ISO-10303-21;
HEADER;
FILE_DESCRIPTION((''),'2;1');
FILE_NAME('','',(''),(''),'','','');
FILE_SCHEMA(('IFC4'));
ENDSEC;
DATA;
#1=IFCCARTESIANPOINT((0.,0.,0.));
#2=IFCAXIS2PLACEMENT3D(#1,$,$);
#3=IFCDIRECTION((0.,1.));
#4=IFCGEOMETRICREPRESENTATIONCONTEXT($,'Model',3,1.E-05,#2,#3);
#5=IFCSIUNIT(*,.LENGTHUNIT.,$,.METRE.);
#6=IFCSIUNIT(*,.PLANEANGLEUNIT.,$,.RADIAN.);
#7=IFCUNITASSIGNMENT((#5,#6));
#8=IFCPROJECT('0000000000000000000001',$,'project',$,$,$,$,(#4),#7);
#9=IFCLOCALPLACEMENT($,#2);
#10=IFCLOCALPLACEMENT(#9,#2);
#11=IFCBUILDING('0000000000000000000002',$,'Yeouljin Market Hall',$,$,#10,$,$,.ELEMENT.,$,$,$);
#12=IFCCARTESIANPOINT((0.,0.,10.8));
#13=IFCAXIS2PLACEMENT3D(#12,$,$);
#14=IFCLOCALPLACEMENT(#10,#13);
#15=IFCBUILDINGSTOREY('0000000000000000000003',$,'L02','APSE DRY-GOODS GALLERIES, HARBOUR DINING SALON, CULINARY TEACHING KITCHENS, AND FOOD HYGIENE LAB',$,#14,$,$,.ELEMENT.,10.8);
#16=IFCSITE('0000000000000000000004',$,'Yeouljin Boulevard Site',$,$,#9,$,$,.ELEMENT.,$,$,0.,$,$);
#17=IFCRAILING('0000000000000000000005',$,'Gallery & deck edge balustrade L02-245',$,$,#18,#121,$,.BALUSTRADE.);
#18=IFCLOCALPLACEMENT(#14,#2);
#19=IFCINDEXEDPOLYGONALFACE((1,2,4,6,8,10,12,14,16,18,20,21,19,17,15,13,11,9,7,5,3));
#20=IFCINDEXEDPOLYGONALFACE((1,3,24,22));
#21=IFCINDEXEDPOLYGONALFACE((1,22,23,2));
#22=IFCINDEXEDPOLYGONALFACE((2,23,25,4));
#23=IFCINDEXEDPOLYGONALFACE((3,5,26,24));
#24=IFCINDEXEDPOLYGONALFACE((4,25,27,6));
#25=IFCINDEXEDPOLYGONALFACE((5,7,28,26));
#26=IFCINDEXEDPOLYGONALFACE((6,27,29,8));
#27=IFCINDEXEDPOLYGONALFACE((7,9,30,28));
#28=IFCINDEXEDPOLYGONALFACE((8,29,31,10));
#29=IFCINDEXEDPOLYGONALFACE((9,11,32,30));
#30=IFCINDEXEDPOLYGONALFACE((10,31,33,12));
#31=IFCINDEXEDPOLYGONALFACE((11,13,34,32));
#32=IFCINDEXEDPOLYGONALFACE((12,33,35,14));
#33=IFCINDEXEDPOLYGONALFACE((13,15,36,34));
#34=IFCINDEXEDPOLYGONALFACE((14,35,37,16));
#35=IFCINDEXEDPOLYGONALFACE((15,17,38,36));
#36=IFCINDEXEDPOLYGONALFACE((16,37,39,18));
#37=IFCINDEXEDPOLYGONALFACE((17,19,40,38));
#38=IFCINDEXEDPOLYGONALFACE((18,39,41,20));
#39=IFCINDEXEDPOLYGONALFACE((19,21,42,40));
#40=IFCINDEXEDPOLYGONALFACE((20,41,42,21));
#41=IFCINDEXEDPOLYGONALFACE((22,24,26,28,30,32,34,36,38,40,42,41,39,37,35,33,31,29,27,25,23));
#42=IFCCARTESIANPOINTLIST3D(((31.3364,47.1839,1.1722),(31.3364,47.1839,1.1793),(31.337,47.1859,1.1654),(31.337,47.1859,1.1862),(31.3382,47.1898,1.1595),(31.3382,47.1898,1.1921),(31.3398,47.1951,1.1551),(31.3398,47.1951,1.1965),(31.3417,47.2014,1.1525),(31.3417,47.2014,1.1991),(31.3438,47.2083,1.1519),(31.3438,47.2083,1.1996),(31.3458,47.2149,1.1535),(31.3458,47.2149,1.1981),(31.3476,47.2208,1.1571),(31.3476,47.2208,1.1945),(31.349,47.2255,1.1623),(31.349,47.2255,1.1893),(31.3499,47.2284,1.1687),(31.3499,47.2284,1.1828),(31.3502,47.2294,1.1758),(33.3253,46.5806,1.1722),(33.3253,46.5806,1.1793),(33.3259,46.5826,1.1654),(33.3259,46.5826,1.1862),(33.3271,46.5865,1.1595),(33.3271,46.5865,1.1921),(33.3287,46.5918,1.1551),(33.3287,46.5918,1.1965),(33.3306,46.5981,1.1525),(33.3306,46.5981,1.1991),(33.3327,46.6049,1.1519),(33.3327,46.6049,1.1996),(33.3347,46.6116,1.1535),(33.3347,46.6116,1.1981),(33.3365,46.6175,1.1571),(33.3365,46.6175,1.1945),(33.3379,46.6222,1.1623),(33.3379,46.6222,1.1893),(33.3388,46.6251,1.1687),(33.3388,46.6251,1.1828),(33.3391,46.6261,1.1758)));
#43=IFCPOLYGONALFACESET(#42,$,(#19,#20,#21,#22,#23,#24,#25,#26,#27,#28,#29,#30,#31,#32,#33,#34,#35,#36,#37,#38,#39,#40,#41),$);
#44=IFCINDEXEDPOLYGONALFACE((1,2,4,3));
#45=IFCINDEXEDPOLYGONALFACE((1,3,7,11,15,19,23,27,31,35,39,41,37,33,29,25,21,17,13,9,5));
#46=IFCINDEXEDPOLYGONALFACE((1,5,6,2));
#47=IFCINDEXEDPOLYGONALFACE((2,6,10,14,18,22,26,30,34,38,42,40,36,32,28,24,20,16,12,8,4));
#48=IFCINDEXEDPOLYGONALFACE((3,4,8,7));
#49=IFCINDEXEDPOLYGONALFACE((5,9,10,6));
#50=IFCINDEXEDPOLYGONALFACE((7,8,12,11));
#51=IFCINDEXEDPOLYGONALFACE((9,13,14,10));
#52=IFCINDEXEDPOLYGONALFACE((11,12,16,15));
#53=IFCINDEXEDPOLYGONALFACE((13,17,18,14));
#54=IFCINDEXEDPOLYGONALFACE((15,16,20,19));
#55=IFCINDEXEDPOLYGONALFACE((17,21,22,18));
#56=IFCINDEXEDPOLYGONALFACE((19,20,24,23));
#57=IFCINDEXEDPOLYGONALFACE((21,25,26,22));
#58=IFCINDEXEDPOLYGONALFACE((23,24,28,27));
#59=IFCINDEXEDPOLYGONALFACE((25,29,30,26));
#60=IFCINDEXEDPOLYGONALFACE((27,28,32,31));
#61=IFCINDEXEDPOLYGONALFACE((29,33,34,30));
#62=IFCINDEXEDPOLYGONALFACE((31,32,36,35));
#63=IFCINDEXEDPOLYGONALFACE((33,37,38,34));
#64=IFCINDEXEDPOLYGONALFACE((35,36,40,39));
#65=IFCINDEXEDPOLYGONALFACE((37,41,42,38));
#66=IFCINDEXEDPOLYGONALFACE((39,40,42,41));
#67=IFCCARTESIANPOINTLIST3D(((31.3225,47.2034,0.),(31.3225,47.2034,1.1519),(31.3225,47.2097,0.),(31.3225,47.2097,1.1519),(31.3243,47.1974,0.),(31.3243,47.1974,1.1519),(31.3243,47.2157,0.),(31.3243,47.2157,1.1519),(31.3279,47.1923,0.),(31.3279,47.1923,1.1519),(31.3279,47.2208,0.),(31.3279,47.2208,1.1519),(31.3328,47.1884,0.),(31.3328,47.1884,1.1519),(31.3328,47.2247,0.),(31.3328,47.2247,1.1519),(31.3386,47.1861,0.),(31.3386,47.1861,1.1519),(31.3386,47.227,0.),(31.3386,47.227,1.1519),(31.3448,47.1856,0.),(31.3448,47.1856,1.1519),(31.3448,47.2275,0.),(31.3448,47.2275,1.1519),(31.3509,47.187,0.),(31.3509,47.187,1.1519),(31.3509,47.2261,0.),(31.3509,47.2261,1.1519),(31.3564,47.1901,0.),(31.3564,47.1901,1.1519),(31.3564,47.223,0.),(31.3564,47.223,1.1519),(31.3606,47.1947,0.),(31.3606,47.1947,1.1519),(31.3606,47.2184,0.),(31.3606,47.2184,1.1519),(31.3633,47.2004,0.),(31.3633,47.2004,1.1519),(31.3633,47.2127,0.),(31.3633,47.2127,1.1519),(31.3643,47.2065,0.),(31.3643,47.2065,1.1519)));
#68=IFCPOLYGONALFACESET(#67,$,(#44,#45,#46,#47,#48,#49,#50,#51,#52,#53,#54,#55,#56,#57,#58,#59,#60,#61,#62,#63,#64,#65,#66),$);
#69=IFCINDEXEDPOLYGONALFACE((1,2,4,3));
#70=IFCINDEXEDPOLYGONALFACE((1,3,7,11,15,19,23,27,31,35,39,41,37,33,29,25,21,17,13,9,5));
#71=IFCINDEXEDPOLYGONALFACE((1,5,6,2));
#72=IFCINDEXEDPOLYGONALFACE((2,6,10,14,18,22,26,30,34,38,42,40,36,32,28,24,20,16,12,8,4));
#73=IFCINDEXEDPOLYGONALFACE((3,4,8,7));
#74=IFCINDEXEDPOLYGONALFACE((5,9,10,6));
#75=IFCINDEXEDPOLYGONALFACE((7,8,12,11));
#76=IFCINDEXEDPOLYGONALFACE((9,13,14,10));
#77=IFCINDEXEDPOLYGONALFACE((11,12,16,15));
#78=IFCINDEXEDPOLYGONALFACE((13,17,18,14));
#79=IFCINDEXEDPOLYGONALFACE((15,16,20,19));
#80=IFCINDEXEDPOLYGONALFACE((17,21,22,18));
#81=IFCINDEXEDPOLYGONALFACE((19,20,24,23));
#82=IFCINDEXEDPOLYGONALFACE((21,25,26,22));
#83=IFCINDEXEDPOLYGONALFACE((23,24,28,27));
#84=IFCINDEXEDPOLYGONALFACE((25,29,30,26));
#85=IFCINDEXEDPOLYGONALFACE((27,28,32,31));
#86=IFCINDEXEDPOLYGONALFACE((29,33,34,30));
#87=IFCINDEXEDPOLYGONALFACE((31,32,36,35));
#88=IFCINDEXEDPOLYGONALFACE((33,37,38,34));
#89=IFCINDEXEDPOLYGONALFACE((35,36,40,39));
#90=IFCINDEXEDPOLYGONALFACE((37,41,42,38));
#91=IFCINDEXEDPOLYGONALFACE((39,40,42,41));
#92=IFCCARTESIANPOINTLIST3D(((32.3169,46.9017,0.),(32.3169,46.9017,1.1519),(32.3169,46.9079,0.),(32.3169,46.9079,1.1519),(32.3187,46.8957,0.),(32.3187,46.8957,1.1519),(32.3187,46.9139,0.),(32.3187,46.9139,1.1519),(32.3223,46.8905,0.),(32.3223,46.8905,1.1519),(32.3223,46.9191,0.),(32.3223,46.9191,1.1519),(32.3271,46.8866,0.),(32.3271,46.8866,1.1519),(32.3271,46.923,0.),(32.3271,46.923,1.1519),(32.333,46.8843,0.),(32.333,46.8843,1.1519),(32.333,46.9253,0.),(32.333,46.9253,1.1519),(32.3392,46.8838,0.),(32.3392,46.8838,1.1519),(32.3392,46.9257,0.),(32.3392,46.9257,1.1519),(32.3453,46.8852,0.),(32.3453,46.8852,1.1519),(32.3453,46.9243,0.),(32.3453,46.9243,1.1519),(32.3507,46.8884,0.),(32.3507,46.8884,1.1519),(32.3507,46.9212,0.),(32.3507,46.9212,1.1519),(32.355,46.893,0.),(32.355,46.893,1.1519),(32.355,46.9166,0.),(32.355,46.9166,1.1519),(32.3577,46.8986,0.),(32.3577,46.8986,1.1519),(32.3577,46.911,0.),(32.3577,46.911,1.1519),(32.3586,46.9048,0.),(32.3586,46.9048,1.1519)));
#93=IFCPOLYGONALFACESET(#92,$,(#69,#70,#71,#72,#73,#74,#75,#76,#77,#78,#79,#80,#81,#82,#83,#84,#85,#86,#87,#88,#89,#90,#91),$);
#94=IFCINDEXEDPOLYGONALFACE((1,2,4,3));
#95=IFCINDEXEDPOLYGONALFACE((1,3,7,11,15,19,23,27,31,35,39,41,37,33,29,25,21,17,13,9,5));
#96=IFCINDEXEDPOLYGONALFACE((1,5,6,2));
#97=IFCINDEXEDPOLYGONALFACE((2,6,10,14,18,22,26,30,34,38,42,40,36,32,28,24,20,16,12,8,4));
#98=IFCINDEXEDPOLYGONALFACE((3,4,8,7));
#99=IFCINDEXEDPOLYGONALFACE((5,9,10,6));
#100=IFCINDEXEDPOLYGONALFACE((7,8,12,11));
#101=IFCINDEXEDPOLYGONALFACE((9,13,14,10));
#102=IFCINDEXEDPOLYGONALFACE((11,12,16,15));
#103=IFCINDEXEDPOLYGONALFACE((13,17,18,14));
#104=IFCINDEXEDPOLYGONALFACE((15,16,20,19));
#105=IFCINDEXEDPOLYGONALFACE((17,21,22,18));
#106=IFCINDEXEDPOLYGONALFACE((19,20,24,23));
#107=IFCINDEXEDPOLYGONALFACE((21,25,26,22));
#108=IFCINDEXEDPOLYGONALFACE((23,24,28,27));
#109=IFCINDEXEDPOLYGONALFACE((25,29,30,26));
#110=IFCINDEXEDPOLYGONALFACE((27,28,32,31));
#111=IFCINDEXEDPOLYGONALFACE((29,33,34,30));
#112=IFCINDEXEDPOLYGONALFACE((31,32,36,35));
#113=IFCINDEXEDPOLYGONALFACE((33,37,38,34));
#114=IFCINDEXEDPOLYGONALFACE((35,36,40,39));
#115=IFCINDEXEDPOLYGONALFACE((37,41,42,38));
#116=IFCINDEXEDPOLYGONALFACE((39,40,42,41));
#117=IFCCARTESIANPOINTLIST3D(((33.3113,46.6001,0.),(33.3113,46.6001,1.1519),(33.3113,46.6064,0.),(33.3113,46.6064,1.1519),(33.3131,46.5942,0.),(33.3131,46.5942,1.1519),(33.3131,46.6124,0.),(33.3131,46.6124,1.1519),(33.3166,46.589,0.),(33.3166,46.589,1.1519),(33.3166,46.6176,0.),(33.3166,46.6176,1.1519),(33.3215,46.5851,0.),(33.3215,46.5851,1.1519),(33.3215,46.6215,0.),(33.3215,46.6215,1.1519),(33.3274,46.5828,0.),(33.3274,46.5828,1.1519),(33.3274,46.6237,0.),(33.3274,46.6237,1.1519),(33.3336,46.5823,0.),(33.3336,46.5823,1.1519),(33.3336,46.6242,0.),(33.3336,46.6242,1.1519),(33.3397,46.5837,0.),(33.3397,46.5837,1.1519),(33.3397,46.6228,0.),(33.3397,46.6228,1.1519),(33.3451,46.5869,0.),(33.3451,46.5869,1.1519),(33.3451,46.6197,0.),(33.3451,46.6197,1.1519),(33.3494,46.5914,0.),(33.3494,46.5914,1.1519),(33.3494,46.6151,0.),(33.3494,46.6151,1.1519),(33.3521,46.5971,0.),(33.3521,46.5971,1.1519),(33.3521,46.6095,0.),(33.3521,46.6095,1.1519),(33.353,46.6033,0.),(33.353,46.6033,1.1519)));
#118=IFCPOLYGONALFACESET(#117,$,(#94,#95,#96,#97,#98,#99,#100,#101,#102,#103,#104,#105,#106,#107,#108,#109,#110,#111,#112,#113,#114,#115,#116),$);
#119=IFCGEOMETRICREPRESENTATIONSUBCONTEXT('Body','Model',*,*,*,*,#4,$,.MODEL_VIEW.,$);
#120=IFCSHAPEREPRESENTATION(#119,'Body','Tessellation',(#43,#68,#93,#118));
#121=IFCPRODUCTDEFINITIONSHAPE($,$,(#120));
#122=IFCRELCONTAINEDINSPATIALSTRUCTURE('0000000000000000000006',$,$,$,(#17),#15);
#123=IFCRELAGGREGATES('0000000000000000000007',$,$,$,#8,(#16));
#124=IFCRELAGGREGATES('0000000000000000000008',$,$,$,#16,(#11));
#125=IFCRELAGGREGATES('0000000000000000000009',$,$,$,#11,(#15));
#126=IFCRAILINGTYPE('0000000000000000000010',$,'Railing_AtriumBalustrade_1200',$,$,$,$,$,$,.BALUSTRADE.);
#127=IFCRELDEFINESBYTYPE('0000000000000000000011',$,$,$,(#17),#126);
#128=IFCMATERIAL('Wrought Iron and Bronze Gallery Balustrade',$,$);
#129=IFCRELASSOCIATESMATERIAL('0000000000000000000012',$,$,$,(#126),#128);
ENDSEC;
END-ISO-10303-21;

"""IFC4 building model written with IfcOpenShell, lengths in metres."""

from ifc_helpers import new_model, si_unit, direction, frame, origin, origin_2d, place, context, subcontext, project, spatial, circle, extrude, material, type_object, element, save


model = new_model("IFC4")

# Units and contexts
model_context = context("Model", 3, precision=1e-05, world=origin(), true_north=direction((0.0, 1.0)))
body_context = subcontext(model_context, "Body", "Model", "MODEL_VIEW")
ifc_project = project(units=[si_unit("LENGTHUNIT", "METRE"), si_unit("PLANEANGLEUNIT", "RADIAN")], contexts=[model_context])

# Site, building, storey
site_placement = place(None, origin())
site = spatial("IfcSite", under=ifc_project, at=site_placement, Name="Yeouljin Boulevard Site", CompositionType="ELEMENT", RefElevation=0.0)
building_placement = place(site_placement, origin())
building = spatial("IfcBuilding", under=site, at=building_placement, Name="Yeouljin Market Hall", CompositionType="ELEMENT")
storey_placement = place(building_placement, frame((0.0, 0.0, 10.8)))
storey = spatial("IfcBuildingStorey", under=building, at=storey_placement, Name="L02", Description="APSE DRY-GOODS GALLERIES, HARBOUR DINING SALON, CULINARY TEACHING KITCHENS, AND FOOD HYGIENE LAB", CompositionType="ELEMENT", Elevation=10.8)

# Railing
ifc_material_1 = material(Name="Wrought Iron and Bronze Gallery Balustrade")
railing_type = type_object("IfcRailingType", Name="Railing_AtriumBalustrade_1200", PredefinedType="BALUSTRADE", material=ifc_material_1)
railing_1_placement = place(storey_placement, frame((31.3433, 47.2065, 0.0)))
element("IfcRailing", 1, at=railing_1_placement, inside=storey, type_object=railing_type, Name="Gallery & deck edge balustrade L02-245", PredefinedType="BALUSTRADE", context=body_context, shape_type="SweptSolid", body=[
    extrude(circle(Radius=0.0239, at=origin_2d()), frame((0.0, 0.0, 1.1758), z_axis=(0.956942, -0.290278, 0.0), x_axis=(0.290278, 0.956942, 0.0)), (0.0, 0.0, 1.0), 2.0784),
    extrude(circle(Radius=0.021, at=origin_2d()), origin(), (0.0, 0.0, 1.0), 1.1519),
    extrude(circle(Radius=0.021, at=origin_2d()), frame((0.9944, -0.3018, 0.0)), (0.0, 0.0, 1.0), 1.1519),
    extrude(circle(Radius=0.021, at=origin_2d()), frame((1.9888, -0.6033, 0.0)), (0.0, 0.0, 1.0), 1.1519),
])

save(model, "model.ifc")
